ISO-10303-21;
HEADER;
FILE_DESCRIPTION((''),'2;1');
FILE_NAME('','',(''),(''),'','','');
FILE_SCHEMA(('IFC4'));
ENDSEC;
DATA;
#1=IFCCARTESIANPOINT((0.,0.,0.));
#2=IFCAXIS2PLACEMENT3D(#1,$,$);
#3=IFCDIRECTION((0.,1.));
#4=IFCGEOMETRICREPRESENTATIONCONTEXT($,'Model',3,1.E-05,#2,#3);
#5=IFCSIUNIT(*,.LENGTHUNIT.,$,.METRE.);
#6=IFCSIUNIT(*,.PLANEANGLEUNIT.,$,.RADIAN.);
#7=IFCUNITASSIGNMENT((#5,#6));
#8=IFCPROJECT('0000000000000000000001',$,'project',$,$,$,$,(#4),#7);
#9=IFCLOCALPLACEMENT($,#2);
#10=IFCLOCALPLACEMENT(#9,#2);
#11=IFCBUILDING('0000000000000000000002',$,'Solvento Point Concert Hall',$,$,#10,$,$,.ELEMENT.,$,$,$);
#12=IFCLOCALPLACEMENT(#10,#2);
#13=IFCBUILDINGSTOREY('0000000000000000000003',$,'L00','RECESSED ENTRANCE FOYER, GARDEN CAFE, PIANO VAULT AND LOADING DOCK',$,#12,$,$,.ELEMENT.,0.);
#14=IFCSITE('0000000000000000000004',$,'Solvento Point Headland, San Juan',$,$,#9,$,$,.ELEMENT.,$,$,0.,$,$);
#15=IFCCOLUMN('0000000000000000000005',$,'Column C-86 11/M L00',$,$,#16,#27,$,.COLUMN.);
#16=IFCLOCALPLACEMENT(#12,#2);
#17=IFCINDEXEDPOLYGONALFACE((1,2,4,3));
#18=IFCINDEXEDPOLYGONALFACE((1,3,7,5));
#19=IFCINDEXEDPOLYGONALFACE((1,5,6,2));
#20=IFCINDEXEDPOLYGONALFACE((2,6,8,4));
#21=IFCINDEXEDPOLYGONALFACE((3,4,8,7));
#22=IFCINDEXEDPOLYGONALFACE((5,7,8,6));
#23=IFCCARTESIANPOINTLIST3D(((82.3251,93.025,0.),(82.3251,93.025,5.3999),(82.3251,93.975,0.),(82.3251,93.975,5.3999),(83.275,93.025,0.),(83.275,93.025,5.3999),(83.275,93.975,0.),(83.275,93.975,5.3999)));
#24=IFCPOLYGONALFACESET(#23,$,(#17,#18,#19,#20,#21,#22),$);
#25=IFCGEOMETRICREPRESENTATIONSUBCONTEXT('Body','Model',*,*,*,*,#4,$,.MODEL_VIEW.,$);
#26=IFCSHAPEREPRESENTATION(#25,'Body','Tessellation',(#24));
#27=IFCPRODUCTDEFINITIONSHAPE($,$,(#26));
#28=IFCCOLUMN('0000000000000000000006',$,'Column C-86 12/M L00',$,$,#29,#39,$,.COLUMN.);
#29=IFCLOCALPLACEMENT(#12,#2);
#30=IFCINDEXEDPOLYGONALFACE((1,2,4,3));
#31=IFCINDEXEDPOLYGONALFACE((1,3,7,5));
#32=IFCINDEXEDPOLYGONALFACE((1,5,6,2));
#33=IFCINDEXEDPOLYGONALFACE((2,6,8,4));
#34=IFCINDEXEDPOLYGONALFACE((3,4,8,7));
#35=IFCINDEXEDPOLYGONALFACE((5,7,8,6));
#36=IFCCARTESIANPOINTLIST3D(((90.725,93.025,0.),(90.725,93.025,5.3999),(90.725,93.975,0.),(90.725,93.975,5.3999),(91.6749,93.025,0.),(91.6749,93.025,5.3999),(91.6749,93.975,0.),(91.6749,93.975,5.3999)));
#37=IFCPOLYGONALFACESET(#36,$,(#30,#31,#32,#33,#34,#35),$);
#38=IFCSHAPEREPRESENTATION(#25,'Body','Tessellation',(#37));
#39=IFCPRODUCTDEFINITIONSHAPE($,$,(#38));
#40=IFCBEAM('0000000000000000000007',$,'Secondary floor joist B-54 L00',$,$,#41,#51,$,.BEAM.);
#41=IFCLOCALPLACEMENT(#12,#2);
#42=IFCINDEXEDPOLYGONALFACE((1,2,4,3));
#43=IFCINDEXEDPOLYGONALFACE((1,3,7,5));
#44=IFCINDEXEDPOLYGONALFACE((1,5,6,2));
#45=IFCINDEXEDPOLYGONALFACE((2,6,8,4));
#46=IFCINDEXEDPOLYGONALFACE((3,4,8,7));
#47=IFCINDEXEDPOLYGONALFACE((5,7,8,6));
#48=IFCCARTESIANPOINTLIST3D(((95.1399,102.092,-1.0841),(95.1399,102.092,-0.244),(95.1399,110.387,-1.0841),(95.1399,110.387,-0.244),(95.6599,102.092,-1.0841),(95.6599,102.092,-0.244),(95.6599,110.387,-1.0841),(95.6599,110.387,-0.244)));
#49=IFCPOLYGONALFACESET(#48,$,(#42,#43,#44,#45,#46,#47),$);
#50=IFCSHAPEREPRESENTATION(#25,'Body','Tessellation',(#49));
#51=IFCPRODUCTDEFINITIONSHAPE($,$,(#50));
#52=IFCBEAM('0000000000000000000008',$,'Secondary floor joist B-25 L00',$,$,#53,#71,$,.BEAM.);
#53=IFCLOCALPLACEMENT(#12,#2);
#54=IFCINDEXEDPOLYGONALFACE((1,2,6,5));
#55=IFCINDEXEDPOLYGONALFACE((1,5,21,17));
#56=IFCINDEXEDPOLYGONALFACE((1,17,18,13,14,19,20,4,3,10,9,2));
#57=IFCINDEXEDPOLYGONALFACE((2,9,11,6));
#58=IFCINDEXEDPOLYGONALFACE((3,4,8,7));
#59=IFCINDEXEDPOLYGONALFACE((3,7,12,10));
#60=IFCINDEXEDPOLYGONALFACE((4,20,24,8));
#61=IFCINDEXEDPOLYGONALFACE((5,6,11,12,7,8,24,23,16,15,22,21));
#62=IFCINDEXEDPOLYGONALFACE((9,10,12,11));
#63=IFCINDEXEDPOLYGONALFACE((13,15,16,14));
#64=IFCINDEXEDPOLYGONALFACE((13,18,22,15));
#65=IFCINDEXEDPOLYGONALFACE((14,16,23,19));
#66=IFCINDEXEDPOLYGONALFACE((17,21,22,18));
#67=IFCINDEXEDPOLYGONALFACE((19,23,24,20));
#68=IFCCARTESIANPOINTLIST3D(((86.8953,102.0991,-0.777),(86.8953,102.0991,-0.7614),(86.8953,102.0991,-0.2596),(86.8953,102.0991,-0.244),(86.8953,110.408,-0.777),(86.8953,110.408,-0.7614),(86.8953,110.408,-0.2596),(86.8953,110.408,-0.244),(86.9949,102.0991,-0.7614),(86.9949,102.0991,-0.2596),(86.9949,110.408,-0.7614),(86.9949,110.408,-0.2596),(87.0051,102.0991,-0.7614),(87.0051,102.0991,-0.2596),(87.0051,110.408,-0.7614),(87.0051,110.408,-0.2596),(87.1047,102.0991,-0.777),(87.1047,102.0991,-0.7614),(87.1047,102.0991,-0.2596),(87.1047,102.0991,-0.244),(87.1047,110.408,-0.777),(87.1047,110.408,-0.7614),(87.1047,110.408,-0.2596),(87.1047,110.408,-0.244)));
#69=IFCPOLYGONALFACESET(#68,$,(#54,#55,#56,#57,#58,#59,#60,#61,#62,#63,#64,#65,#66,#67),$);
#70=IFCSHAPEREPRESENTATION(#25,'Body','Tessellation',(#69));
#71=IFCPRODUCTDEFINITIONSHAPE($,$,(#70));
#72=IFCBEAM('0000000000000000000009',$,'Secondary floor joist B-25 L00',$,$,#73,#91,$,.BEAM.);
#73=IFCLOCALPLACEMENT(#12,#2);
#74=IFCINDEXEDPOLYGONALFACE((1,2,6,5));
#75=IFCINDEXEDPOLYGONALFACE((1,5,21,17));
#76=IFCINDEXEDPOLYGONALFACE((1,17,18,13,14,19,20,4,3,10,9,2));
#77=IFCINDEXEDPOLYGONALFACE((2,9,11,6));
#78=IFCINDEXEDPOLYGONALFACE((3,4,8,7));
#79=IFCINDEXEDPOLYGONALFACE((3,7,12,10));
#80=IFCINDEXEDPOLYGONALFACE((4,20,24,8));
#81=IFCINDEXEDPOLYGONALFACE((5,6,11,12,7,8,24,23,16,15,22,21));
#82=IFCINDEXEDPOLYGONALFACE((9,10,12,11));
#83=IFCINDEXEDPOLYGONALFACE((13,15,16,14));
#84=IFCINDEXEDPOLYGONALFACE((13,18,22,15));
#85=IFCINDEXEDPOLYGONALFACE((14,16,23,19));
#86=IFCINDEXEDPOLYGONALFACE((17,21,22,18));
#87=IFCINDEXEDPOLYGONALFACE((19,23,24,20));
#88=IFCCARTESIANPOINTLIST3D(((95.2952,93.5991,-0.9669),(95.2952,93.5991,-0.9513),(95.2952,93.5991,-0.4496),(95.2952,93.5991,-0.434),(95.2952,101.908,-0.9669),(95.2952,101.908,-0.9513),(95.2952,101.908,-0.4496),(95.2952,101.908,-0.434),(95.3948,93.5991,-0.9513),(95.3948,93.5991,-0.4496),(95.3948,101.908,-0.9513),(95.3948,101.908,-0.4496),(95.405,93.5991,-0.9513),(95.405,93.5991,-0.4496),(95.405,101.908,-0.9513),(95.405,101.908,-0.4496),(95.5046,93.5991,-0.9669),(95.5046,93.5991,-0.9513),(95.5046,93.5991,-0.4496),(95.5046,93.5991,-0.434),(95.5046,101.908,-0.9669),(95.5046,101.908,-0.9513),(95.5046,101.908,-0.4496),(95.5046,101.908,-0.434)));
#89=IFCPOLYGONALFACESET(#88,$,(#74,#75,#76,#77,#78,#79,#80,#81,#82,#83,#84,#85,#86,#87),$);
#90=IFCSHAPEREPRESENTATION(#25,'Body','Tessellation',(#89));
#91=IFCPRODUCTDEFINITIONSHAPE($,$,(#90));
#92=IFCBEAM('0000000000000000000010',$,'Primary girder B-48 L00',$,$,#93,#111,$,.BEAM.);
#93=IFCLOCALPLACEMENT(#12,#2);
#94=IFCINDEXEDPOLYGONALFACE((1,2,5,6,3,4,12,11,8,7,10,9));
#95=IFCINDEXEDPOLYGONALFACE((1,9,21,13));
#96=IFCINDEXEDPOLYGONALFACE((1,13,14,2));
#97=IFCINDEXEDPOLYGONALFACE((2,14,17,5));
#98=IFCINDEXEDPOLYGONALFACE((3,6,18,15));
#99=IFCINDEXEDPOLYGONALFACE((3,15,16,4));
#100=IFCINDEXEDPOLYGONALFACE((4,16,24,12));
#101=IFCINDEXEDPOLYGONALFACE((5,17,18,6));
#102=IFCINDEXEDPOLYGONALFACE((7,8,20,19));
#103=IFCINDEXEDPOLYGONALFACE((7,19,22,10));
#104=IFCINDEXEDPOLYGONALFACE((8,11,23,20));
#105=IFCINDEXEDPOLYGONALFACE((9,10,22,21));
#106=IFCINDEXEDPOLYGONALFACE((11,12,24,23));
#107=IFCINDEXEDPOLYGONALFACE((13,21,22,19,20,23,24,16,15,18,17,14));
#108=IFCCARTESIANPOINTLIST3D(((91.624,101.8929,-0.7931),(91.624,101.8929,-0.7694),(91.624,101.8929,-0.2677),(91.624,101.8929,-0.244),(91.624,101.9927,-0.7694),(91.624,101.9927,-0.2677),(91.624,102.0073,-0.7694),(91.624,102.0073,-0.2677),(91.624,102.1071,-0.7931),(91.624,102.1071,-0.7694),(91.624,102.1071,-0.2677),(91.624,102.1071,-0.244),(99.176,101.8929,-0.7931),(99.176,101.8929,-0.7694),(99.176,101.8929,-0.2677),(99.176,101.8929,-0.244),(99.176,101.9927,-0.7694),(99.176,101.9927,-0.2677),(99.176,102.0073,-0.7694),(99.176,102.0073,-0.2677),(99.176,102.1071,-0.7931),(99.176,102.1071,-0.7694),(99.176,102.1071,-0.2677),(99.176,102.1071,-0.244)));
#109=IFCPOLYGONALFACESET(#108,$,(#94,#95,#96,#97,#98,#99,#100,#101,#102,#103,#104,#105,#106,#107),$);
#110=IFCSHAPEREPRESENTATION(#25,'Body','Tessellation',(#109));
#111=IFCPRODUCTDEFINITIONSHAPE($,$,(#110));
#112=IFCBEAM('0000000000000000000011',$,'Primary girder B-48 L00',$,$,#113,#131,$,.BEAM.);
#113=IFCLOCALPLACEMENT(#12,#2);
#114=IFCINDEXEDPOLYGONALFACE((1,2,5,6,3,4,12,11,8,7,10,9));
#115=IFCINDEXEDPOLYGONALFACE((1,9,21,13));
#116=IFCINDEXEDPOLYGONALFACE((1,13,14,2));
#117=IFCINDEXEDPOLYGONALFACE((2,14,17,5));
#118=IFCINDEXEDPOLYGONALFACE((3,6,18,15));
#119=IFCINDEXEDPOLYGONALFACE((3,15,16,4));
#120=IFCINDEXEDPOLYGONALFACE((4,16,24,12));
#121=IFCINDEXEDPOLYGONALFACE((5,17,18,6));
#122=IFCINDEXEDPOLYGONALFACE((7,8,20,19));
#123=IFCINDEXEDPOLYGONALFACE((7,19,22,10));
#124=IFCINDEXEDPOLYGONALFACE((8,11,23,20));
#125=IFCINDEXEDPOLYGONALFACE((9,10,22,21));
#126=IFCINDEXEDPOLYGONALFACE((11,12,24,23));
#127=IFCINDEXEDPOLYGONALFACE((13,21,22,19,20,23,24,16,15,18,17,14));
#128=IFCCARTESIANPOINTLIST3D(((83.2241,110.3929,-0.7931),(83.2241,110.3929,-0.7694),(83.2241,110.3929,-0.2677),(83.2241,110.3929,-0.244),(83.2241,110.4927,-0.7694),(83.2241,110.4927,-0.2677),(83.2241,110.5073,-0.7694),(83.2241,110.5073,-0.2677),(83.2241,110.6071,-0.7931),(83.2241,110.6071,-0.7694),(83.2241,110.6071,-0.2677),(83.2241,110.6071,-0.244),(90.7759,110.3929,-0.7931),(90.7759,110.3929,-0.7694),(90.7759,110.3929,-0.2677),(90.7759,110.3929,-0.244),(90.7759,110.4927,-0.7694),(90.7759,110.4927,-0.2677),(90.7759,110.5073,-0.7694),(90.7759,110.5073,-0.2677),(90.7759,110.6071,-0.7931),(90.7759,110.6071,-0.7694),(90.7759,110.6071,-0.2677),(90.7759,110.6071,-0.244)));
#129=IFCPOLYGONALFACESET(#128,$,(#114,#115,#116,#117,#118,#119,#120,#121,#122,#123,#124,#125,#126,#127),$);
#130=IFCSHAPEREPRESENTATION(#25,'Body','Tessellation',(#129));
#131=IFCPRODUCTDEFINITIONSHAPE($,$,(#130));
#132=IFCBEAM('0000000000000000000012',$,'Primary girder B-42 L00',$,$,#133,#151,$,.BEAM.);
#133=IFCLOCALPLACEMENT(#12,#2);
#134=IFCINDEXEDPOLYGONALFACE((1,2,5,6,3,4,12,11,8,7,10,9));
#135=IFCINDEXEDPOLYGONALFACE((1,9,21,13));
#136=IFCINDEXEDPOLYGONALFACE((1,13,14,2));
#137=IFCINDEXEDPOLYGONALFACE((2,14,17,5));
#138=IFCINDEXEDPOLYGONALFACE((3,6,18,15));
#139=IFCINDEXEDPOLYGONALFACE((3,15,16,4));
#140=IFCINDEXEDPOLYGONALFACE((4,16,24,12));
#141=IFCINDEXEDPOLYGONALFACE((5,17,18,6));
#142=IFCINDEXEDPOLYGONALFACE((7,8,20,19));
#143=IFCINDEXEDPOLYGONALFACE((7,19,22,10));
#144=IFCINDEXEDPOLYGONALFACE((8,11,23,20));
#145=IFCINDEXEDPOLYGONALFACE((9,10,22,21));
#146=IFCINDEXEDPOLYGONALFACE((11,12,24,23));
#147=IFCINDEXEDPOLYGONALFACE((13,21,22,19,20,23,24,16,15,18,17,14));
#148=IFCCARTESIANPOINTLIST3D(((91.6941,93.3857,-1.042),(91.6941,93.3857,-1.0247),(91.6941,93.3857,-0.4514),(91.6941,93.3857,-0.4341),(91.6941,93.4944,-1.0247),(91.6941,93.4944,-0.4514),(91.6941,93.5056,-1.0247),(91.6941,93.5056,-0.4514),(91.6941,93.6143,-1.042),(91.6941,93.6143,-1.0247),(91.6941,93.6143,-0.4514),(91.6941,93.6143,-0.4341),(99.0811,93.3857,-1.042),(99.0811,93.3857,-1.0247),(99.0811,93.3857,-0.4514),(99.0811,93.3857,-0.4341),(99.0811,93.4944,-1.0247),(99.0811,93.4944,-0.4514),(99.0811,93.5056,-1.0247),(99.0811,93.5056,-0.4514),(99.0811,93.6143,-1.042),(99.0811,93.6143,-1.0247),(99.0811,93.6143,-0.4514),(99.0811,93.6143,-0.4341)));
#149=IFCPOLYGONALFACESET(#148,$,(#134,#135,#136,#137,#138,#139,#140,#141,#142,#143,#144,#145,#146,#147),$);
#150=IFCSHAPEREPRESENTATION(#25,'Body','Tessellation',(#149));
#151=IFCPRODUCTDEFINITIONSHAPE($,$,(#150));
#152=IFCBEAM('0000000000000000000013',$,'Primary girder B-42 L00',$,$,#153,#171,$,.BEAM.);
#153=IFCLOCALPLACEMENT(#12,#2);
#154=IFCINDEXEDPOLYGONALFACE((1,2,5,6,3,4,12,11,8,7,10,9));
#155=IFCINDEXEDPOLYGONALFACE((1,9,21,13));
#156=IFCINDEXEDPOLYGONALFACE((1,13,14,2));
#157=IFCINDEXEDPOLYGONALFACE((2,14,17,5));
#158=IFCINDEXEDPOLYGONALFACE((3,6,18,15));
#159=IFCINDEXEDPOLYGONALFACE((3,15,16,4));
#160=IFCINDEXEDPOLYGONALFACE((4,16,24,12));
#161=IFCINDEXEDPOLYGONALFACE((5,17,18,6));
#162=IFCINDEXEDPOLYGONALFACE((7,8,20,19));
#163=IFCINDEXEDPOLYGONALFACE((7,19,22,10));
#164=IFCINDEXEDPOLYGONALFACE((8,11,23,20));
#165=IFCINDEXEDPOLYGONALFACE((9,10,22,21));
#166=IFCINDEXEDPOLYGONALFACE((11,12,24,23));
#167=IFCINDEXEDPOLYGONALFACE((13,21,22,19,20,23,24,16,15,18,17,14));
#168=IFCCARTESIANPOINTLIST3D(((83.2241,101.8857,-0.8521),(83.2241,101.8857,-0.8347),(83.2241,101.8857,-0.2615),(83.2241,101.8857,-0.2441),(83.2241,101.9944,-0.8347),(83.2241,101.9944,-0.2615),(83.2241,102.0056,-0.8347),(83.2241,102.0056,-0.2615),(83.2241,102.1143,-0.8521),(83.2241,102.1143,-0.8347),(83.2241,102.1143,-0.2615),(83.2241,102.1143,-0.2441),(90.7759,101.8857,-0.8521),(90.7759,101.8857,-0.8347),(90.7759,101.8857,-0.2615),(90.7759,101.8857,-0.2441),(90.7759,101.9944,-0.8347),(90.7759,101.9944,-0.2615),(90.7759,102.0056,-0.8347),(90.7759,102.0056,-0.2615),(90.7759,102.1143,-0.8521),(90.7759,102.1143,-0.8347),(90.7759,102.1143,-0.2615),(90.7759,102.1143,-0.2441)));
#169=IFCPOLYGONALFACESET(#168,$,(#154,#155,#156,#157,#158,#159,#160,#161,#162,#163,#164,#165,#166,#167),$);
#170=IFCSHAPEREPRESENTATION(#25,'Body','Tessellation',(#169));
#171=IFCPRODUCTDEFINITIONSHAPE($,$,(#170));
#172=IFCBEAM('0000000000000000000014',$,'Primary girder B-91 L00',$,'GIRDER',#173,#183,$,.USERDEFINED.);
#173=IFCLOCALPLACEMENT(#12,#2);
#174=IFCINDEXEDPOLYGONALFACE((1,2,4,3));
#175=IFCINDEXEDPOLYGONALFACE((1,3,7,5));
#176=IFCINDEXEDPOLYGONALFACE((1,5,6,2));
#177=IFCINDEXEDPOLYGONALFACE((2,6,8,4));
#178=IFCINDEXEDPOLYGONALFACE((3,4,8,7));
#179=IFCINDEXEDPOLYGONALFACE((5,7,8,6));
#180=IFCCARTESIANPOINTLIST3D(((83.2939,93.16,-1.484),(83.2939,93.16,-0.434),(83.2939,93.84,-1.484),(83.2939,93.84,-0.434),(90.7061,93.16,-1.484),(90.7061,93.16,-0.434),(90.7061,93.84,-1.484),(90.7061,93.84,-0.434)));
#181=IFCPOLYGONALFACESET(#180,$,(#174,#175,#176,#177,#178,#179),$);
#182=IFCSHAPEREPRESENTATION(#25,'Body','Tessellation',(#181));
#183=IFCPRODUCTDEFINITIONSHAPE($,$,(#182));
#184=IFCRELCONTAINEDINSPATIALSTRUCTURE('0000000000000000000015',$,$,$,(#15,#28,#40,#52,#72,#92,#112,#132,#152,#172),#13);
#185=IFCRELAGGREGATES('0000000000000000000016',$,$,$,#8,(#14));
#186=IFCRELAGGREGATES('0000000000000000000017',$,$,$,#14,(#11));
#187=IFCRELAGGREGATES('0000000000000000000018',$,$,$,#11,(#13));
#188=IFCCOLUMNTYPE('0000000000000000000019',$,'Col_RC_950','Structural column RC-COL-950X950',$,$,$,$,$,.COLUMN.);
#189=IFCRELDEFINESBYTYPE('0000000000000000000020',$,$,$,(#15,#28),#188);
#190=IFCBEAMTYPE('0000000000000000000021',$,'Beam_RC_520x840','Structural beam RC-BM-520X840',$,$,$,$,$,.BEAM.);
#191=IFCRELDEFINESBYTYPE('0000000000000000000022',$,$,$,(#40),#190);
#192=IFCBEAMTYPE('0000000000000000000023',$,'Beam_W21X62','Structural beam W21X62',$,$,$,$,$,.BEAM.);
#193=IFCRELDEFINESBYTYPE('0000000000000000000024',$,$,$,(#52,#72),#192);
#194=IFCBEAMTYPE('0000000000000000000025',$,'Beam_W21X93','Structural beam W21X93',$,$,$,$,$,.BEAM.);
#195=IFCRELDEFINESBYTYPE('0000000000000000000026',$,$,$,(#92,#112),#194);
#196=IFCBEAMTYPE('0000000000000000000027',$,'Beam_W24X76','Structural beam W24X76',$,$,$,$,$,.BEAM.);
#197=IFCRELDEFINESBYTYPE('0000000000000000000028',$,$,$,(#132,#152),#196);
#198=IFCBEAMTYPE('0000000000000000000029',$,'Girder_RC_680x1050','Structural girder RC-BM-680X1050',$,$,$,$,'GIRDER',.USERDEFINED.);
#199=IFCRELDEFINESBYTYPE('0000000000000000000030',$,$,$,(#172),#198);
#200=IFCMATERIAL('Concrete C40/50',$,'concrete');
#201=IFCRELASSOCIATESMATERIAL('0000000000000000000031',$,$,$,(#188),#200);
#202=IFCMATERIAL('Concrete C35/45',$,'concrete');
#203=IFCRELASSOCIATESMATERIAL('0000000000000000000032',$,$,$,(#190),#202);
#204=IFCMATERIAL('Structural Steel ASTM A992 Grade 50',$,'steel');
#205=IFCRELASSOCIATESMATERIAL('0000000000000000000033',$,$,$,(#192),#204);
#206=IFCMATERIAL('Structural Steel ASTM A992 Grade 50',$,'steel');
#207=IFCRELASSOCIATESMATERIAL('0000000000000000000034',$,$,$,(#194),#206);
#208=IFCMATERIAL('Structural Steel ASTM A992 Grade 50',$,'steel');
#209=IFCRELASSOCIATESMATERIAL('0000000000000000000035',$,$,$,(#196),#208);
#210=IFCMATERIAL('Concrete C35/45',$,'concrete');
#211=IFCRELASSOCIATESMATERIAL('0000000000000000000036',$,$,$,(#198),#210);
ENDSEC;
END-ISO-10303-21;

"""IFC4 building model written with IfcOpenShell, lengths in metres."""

from ifc_helpers import new_model, si_unit, direction, frame, origin, origin_2d, place, context, subcontext, project, spatial, rectangle, i_section, extrude, material, material_profile, profile_set, type_object, element, save


model = new_model("IFC4")

# Units and contexts
model_context = context("Model", 3, precision=1e-05, world=origin(), true_north=direction((0.0, 1.0)))
body_context = subcontext(model_context, "Body", "Model", "MODEL_VIEW")
ifc_project = project(units=[si_unit("LENGTHUNIT", "METRE"), si_unit("PLANEANGLEUNIT", "RADIAN")], contexts=[model_context])

# Site, building, storey
site_placement = place(None, origin())
site = spatial("IfcSite", under=ifc_project, at=site_placement, Name="Solvento Point Headland, San Juan", CompositionType="ELEMENT", RefElevation=0.0)
building_placement = place(site_placement, origin())
building = spatial("IfcBuilding", under=site, at=building_placement, Name="Solvento Point Concert Hall", CompositionType="ELEMENT")
storey_placement = place(building_placement, origin())
storey = spatial("IfcBuildingStorey", under=building, at=storey_placement, Name="L00", Description="RECESSED ENTRANCE FOYER, GARDEN CAFE, PIANO VAULT AND LOADING DOCK", CompositionType="ELEMENT", Elevation=0.0)

# Columns
ifc_material_1 = material(Name="Concrete C40/50", Category="concrete")
ifc_material_profile_1 = material_profile(ifc_material_1, rectangle(XDim=0.95, YDim=0.95, at=origin_2d()), Name="RC-COL-950X950")
ifc_profile_set_1 = profile_set([ifc_material_profile_1], Name="Concrete C40/50")
column_type = type_object("IfcColumnType", Name="Col_RC_950", Description="Structural column RC-COL-950X950", PredefinedType="COLUMN", material=ifc_profile_set_1)
for number, where, z_axis, x_axis, name in (
    (1, (82.8, 93.5, 0.0), (0.0, 0.0, 1.0), (1.0, 0.0, 0.0), "Column C-86 11/M L00"),
    (2, (91.2, 93.5, 0.0), (0.0, 0.0, 1.0), (1.0, 0.0, 0.0), "Column C-86 12/M L00"),
):
    element("IfcColumn", number, at=place(storey_placement, frame(where, z_axis=z_axis, x_axis=x_axis)), inside=storey, type_object=column_type, Name=name, PredefinedType="COLUMN", context=body_context, shape_type="SweptSolid", body=[
        extrude(rectangle(XDim=0.95, YDim=0.95, at=origin_2d()), origin(), (0.0, 0.0, 1.0), 5.3999),
    ])

# Beams
ifc_material_2 = material(Name="Concrete C35/45", Category="concrete")
ifc_material_profile_2 = material_profile(ifc_material_2, rectangle(XDim=0.52, YDim=0.8401, at=origin_2d()), Name="RC-BM-520X840")
ifc_profile_set_2 = profile_set([ifc_material_profile_2], Name="Concrete C35/45")
beam_type_1 = type_object("IfcBeamType", Name="Beam_RC_520x840", Description="Structural beam RC-BM-520X840", PredefinedType="BEAM", material=ifc_profile_set_2)
beam_1_placement = place(storey_placement, frame((95.3999, 102.092, -0.6641), z_axis=(0.0, 1.0, 0.0), x_axis=(-1.0, 0.0, 0.0)))
element("IfcBeam", 3, at=beam_1_placement, inside=storey, type_object=beam_type_1, Name="Secondary floor joist B-54 L00", PredefinedType="BEAM", context=body_context, shape_type="SweptSolid", body=[
    extrude(rectangle(XDim=0.52, YDim=0.8401, at=origin_2d()), origin(), (0.0, 0.0, 1.0), 8.2949),
])
ifc_material_3 = material(Name="Structural Steel ASTM A992 Grade 50", Category="steel")
ifc_material_profile_3 = material_profile(ifc_material_3, i_section(OverallWidth=0.2095, OverallDepth=0.533, WebThickness=0.0103, FlangeThickness=0.0156, at=origin_2d()), Name="W21X62")
ifc_profile_set_3 = profile_set([ifc_material_profile_3], Name="Structural Steel ASTM A992 Grade 50")
beam_type_2 = type_object("IfcBeamType", Name="Beam_W21X62", Description="Structural beam W21X62", PredefinedType="BEAM", material=ifc_profile_set_3)
for number, where, z_axis, x_axis, name in (
    (4, (87.0, 102.0991, -0.5105), (0.0, 1.0, 0.0), (-1.0, 0.0, 0.0), "Secondary floor joist B-25 L00"),
    (5, (95.3999, 93.5991, -0.7004), (0.0, 1.0, 0.0), (-1.0, 0.0, 0.0), "Secondary floor joist B-25 L00"),
):
    element("IfcBeam", number, at=place(storey_placement, frame(where, z_axis=z_axis, x_axis=x_axis)), inside=storey, type_object=beam_type_2, Name=name, PredefinedType="BEAM", context=body_context, shape_type="SweptSolid", body=[
        extrude(i_section(OverallWidth=0.2095, OverallDepth=0.533, WebThickness=0.0103, FlangeThickness=0.0156, at=origin_2d()), origin(), (0.0, 0.0, 1.0), 8.3088),
    ])
ifc_material_4 = material(Name="Structural Steel ASTM A992 Grade 50", Category="steel")
ifc_material_profile_4 = material_profile(ifc_material_4, i_section(OverallWidth=0.2141, OverallDepth=0.5491, WebThickness=0.0146, FlangeThickness=0.0237, at=origin_2d()), Name="W21X93")
ifc_profile_set_4 = profile_set([ifc_material_profile_4], Name="Structural Steel ASTM A992 Grade 50")
beam_type_3 = type_object("IfcBeamType", Name="Beam_W21X93", Description="Structural beam W21X93", PredefinedType="BEAM", material=ifc_profile_set_4)
beam_2_placement = place(storey_placement, frame((91.624, 102.0, -0.5186), z_axis=(1.0, 0.0, 0.0), x_axis=(0.0, 1.0, 0.0)))
element("IfcBeam", 6, at=beam_2_placement, inside=storey, type_object=beam_type_3, Name="Primary girder B-48 L00", PredefinedType="BEAM", context=body_context, shape_type="SweptSolid", body=[
    extrude(i_section(OverallWidth=0.2141, OverallDepth=0.5491, WebThickness=0.0146, FlangeThickness=0.0237, at=origin_2d()), origin(), (0.0, 0.0, 1.0), 7.552),
])
beam_3_placement = place(storey_placement, frame((83.2241, 110.5, -0.5186), z_axis=(1.0, 0.0, 0.0), x_axis=(0.0, 1.0, 0.0)))
element("IfcBeam", 7, at=beam_3_placement, inside=storey, type_object=beam_type_3, Name="Primary girder B-48 L00", PredefinedType="BEAM", context=body_context, shape_type="SweptSolid", body=[
    extrude(i_section(OverallWidth=0.2141, OverallDepth=0.5491, WebThickness=0.0146, FlangeThickness=0.0237, at=origin_2d()), origin(), (0.0, 0.0, 1.0), 7.5518),
])
ifc_material_5 = material(Name="Structural Steel ASTM A992 Grade 50", Category="steel")
ifc_material_profile_5 = material_profile(ifc_material_5, i_section(OverallWidth=0.2285, OverallDepth=0.6079, WebThickness=0.0112, FlangeThickness=0.0173, at=origin_2d()), Name="W24X76")
ifc_profile_set_5 = profile_set([ifc_material_profile_5], Name="Structural Steel ASTM A992 Grade 50")
beam_type_4 = type_object("IfcBeamType", Name="Beam_W24X76", Description="Structural beam W24X76", PredefinedType="BEAM", material=ifc_profile_set_5)
beam_4_placement = place(storey_placement, frame((91.6941, 93.5, -0.738), z_axis=(1.0, 0.0, 0.0), x_axis=(0.0, 1.0, 0.0)))
element("IfcBeam", 8, at=beam_4_placement, inside=storey, type_object=beam_type_4, Name="Primary girder B-42 L00", PredefinedType="BEAM", context=body_context, shape_type="SweptSolid", body=[
    extrude(i_section(OverallWidth=0.2285, OverallDepth=0.6079, WebThickness=0.0112, FlangeThickness=0.0173, at=origin_2d()), origin(), (0.0, 0.0, 1.0), 7.387),
])
beam_5_placement = place(storey_placement, frame((83.2241, 102.0, -0.5481), z_axis=(1.0, 0.0, 0.0), x_axis=(0.0, 1.0, 0.0)))
element("IfcBeam", 9, at=beam_5_placement, inside=storey, type_object=beam_type_4, Name="Primary girder B-42 L00", PredefinedType="BEAM", context=body_context, shape_type="SweptSolid", body=[
    extrude(i_section(OverallWidth=0.2285, OverallDepth=0.6079, WebThickness=0.0112, FlangeThickness=0.0173, at=origin_2d()), origin(), (0.0, 0.0, 1.0), 7.5518),
])
ifc_material_6 = material(Name="Concrete C35/45", Category="concrete")
ifc_material_profile_6 = material_profile(ifc_material_6, rectangle(XDim=0.6799, YDim=1.05, at=origin_2d()), Name="RC-BM-680X1050")
ifc_profile_set_6 = profile_set([ifc_material_profile_6], Name="Concrete C35/45")
beam_type_5 = type_object("IfcBeamType", Name="Girder_RC_680x1050", Description="Structural girder RC-BM-680X1050", ElementType="GIRDER", PredefinedType="USERDEFINED", material=ifc_profile_set_6)
beam_6_placement = place(storey_placement, frame((83.2939, 93.5, -0.959), z_axis=(1.0, 0.0, 0.0), x_axis=(0.0, 1.0, 0.0)))
element("IfcBeam", 10, at=beam_6_placement, inside=storey, type_object=beam_type_5, Name="Primary girder B-91 L00", ObjectType="GIRDER", PredefinedType="USERDEFINED", context=body_context, shape_type="SweptSolid", body=[
    extrude(rectangle(XDim=0.6799, YDim=1.05, at=origin_2d()), origin(), (0.0, 0.0, 1.0), 7.4121),
])

save(model, "model.ifc")
